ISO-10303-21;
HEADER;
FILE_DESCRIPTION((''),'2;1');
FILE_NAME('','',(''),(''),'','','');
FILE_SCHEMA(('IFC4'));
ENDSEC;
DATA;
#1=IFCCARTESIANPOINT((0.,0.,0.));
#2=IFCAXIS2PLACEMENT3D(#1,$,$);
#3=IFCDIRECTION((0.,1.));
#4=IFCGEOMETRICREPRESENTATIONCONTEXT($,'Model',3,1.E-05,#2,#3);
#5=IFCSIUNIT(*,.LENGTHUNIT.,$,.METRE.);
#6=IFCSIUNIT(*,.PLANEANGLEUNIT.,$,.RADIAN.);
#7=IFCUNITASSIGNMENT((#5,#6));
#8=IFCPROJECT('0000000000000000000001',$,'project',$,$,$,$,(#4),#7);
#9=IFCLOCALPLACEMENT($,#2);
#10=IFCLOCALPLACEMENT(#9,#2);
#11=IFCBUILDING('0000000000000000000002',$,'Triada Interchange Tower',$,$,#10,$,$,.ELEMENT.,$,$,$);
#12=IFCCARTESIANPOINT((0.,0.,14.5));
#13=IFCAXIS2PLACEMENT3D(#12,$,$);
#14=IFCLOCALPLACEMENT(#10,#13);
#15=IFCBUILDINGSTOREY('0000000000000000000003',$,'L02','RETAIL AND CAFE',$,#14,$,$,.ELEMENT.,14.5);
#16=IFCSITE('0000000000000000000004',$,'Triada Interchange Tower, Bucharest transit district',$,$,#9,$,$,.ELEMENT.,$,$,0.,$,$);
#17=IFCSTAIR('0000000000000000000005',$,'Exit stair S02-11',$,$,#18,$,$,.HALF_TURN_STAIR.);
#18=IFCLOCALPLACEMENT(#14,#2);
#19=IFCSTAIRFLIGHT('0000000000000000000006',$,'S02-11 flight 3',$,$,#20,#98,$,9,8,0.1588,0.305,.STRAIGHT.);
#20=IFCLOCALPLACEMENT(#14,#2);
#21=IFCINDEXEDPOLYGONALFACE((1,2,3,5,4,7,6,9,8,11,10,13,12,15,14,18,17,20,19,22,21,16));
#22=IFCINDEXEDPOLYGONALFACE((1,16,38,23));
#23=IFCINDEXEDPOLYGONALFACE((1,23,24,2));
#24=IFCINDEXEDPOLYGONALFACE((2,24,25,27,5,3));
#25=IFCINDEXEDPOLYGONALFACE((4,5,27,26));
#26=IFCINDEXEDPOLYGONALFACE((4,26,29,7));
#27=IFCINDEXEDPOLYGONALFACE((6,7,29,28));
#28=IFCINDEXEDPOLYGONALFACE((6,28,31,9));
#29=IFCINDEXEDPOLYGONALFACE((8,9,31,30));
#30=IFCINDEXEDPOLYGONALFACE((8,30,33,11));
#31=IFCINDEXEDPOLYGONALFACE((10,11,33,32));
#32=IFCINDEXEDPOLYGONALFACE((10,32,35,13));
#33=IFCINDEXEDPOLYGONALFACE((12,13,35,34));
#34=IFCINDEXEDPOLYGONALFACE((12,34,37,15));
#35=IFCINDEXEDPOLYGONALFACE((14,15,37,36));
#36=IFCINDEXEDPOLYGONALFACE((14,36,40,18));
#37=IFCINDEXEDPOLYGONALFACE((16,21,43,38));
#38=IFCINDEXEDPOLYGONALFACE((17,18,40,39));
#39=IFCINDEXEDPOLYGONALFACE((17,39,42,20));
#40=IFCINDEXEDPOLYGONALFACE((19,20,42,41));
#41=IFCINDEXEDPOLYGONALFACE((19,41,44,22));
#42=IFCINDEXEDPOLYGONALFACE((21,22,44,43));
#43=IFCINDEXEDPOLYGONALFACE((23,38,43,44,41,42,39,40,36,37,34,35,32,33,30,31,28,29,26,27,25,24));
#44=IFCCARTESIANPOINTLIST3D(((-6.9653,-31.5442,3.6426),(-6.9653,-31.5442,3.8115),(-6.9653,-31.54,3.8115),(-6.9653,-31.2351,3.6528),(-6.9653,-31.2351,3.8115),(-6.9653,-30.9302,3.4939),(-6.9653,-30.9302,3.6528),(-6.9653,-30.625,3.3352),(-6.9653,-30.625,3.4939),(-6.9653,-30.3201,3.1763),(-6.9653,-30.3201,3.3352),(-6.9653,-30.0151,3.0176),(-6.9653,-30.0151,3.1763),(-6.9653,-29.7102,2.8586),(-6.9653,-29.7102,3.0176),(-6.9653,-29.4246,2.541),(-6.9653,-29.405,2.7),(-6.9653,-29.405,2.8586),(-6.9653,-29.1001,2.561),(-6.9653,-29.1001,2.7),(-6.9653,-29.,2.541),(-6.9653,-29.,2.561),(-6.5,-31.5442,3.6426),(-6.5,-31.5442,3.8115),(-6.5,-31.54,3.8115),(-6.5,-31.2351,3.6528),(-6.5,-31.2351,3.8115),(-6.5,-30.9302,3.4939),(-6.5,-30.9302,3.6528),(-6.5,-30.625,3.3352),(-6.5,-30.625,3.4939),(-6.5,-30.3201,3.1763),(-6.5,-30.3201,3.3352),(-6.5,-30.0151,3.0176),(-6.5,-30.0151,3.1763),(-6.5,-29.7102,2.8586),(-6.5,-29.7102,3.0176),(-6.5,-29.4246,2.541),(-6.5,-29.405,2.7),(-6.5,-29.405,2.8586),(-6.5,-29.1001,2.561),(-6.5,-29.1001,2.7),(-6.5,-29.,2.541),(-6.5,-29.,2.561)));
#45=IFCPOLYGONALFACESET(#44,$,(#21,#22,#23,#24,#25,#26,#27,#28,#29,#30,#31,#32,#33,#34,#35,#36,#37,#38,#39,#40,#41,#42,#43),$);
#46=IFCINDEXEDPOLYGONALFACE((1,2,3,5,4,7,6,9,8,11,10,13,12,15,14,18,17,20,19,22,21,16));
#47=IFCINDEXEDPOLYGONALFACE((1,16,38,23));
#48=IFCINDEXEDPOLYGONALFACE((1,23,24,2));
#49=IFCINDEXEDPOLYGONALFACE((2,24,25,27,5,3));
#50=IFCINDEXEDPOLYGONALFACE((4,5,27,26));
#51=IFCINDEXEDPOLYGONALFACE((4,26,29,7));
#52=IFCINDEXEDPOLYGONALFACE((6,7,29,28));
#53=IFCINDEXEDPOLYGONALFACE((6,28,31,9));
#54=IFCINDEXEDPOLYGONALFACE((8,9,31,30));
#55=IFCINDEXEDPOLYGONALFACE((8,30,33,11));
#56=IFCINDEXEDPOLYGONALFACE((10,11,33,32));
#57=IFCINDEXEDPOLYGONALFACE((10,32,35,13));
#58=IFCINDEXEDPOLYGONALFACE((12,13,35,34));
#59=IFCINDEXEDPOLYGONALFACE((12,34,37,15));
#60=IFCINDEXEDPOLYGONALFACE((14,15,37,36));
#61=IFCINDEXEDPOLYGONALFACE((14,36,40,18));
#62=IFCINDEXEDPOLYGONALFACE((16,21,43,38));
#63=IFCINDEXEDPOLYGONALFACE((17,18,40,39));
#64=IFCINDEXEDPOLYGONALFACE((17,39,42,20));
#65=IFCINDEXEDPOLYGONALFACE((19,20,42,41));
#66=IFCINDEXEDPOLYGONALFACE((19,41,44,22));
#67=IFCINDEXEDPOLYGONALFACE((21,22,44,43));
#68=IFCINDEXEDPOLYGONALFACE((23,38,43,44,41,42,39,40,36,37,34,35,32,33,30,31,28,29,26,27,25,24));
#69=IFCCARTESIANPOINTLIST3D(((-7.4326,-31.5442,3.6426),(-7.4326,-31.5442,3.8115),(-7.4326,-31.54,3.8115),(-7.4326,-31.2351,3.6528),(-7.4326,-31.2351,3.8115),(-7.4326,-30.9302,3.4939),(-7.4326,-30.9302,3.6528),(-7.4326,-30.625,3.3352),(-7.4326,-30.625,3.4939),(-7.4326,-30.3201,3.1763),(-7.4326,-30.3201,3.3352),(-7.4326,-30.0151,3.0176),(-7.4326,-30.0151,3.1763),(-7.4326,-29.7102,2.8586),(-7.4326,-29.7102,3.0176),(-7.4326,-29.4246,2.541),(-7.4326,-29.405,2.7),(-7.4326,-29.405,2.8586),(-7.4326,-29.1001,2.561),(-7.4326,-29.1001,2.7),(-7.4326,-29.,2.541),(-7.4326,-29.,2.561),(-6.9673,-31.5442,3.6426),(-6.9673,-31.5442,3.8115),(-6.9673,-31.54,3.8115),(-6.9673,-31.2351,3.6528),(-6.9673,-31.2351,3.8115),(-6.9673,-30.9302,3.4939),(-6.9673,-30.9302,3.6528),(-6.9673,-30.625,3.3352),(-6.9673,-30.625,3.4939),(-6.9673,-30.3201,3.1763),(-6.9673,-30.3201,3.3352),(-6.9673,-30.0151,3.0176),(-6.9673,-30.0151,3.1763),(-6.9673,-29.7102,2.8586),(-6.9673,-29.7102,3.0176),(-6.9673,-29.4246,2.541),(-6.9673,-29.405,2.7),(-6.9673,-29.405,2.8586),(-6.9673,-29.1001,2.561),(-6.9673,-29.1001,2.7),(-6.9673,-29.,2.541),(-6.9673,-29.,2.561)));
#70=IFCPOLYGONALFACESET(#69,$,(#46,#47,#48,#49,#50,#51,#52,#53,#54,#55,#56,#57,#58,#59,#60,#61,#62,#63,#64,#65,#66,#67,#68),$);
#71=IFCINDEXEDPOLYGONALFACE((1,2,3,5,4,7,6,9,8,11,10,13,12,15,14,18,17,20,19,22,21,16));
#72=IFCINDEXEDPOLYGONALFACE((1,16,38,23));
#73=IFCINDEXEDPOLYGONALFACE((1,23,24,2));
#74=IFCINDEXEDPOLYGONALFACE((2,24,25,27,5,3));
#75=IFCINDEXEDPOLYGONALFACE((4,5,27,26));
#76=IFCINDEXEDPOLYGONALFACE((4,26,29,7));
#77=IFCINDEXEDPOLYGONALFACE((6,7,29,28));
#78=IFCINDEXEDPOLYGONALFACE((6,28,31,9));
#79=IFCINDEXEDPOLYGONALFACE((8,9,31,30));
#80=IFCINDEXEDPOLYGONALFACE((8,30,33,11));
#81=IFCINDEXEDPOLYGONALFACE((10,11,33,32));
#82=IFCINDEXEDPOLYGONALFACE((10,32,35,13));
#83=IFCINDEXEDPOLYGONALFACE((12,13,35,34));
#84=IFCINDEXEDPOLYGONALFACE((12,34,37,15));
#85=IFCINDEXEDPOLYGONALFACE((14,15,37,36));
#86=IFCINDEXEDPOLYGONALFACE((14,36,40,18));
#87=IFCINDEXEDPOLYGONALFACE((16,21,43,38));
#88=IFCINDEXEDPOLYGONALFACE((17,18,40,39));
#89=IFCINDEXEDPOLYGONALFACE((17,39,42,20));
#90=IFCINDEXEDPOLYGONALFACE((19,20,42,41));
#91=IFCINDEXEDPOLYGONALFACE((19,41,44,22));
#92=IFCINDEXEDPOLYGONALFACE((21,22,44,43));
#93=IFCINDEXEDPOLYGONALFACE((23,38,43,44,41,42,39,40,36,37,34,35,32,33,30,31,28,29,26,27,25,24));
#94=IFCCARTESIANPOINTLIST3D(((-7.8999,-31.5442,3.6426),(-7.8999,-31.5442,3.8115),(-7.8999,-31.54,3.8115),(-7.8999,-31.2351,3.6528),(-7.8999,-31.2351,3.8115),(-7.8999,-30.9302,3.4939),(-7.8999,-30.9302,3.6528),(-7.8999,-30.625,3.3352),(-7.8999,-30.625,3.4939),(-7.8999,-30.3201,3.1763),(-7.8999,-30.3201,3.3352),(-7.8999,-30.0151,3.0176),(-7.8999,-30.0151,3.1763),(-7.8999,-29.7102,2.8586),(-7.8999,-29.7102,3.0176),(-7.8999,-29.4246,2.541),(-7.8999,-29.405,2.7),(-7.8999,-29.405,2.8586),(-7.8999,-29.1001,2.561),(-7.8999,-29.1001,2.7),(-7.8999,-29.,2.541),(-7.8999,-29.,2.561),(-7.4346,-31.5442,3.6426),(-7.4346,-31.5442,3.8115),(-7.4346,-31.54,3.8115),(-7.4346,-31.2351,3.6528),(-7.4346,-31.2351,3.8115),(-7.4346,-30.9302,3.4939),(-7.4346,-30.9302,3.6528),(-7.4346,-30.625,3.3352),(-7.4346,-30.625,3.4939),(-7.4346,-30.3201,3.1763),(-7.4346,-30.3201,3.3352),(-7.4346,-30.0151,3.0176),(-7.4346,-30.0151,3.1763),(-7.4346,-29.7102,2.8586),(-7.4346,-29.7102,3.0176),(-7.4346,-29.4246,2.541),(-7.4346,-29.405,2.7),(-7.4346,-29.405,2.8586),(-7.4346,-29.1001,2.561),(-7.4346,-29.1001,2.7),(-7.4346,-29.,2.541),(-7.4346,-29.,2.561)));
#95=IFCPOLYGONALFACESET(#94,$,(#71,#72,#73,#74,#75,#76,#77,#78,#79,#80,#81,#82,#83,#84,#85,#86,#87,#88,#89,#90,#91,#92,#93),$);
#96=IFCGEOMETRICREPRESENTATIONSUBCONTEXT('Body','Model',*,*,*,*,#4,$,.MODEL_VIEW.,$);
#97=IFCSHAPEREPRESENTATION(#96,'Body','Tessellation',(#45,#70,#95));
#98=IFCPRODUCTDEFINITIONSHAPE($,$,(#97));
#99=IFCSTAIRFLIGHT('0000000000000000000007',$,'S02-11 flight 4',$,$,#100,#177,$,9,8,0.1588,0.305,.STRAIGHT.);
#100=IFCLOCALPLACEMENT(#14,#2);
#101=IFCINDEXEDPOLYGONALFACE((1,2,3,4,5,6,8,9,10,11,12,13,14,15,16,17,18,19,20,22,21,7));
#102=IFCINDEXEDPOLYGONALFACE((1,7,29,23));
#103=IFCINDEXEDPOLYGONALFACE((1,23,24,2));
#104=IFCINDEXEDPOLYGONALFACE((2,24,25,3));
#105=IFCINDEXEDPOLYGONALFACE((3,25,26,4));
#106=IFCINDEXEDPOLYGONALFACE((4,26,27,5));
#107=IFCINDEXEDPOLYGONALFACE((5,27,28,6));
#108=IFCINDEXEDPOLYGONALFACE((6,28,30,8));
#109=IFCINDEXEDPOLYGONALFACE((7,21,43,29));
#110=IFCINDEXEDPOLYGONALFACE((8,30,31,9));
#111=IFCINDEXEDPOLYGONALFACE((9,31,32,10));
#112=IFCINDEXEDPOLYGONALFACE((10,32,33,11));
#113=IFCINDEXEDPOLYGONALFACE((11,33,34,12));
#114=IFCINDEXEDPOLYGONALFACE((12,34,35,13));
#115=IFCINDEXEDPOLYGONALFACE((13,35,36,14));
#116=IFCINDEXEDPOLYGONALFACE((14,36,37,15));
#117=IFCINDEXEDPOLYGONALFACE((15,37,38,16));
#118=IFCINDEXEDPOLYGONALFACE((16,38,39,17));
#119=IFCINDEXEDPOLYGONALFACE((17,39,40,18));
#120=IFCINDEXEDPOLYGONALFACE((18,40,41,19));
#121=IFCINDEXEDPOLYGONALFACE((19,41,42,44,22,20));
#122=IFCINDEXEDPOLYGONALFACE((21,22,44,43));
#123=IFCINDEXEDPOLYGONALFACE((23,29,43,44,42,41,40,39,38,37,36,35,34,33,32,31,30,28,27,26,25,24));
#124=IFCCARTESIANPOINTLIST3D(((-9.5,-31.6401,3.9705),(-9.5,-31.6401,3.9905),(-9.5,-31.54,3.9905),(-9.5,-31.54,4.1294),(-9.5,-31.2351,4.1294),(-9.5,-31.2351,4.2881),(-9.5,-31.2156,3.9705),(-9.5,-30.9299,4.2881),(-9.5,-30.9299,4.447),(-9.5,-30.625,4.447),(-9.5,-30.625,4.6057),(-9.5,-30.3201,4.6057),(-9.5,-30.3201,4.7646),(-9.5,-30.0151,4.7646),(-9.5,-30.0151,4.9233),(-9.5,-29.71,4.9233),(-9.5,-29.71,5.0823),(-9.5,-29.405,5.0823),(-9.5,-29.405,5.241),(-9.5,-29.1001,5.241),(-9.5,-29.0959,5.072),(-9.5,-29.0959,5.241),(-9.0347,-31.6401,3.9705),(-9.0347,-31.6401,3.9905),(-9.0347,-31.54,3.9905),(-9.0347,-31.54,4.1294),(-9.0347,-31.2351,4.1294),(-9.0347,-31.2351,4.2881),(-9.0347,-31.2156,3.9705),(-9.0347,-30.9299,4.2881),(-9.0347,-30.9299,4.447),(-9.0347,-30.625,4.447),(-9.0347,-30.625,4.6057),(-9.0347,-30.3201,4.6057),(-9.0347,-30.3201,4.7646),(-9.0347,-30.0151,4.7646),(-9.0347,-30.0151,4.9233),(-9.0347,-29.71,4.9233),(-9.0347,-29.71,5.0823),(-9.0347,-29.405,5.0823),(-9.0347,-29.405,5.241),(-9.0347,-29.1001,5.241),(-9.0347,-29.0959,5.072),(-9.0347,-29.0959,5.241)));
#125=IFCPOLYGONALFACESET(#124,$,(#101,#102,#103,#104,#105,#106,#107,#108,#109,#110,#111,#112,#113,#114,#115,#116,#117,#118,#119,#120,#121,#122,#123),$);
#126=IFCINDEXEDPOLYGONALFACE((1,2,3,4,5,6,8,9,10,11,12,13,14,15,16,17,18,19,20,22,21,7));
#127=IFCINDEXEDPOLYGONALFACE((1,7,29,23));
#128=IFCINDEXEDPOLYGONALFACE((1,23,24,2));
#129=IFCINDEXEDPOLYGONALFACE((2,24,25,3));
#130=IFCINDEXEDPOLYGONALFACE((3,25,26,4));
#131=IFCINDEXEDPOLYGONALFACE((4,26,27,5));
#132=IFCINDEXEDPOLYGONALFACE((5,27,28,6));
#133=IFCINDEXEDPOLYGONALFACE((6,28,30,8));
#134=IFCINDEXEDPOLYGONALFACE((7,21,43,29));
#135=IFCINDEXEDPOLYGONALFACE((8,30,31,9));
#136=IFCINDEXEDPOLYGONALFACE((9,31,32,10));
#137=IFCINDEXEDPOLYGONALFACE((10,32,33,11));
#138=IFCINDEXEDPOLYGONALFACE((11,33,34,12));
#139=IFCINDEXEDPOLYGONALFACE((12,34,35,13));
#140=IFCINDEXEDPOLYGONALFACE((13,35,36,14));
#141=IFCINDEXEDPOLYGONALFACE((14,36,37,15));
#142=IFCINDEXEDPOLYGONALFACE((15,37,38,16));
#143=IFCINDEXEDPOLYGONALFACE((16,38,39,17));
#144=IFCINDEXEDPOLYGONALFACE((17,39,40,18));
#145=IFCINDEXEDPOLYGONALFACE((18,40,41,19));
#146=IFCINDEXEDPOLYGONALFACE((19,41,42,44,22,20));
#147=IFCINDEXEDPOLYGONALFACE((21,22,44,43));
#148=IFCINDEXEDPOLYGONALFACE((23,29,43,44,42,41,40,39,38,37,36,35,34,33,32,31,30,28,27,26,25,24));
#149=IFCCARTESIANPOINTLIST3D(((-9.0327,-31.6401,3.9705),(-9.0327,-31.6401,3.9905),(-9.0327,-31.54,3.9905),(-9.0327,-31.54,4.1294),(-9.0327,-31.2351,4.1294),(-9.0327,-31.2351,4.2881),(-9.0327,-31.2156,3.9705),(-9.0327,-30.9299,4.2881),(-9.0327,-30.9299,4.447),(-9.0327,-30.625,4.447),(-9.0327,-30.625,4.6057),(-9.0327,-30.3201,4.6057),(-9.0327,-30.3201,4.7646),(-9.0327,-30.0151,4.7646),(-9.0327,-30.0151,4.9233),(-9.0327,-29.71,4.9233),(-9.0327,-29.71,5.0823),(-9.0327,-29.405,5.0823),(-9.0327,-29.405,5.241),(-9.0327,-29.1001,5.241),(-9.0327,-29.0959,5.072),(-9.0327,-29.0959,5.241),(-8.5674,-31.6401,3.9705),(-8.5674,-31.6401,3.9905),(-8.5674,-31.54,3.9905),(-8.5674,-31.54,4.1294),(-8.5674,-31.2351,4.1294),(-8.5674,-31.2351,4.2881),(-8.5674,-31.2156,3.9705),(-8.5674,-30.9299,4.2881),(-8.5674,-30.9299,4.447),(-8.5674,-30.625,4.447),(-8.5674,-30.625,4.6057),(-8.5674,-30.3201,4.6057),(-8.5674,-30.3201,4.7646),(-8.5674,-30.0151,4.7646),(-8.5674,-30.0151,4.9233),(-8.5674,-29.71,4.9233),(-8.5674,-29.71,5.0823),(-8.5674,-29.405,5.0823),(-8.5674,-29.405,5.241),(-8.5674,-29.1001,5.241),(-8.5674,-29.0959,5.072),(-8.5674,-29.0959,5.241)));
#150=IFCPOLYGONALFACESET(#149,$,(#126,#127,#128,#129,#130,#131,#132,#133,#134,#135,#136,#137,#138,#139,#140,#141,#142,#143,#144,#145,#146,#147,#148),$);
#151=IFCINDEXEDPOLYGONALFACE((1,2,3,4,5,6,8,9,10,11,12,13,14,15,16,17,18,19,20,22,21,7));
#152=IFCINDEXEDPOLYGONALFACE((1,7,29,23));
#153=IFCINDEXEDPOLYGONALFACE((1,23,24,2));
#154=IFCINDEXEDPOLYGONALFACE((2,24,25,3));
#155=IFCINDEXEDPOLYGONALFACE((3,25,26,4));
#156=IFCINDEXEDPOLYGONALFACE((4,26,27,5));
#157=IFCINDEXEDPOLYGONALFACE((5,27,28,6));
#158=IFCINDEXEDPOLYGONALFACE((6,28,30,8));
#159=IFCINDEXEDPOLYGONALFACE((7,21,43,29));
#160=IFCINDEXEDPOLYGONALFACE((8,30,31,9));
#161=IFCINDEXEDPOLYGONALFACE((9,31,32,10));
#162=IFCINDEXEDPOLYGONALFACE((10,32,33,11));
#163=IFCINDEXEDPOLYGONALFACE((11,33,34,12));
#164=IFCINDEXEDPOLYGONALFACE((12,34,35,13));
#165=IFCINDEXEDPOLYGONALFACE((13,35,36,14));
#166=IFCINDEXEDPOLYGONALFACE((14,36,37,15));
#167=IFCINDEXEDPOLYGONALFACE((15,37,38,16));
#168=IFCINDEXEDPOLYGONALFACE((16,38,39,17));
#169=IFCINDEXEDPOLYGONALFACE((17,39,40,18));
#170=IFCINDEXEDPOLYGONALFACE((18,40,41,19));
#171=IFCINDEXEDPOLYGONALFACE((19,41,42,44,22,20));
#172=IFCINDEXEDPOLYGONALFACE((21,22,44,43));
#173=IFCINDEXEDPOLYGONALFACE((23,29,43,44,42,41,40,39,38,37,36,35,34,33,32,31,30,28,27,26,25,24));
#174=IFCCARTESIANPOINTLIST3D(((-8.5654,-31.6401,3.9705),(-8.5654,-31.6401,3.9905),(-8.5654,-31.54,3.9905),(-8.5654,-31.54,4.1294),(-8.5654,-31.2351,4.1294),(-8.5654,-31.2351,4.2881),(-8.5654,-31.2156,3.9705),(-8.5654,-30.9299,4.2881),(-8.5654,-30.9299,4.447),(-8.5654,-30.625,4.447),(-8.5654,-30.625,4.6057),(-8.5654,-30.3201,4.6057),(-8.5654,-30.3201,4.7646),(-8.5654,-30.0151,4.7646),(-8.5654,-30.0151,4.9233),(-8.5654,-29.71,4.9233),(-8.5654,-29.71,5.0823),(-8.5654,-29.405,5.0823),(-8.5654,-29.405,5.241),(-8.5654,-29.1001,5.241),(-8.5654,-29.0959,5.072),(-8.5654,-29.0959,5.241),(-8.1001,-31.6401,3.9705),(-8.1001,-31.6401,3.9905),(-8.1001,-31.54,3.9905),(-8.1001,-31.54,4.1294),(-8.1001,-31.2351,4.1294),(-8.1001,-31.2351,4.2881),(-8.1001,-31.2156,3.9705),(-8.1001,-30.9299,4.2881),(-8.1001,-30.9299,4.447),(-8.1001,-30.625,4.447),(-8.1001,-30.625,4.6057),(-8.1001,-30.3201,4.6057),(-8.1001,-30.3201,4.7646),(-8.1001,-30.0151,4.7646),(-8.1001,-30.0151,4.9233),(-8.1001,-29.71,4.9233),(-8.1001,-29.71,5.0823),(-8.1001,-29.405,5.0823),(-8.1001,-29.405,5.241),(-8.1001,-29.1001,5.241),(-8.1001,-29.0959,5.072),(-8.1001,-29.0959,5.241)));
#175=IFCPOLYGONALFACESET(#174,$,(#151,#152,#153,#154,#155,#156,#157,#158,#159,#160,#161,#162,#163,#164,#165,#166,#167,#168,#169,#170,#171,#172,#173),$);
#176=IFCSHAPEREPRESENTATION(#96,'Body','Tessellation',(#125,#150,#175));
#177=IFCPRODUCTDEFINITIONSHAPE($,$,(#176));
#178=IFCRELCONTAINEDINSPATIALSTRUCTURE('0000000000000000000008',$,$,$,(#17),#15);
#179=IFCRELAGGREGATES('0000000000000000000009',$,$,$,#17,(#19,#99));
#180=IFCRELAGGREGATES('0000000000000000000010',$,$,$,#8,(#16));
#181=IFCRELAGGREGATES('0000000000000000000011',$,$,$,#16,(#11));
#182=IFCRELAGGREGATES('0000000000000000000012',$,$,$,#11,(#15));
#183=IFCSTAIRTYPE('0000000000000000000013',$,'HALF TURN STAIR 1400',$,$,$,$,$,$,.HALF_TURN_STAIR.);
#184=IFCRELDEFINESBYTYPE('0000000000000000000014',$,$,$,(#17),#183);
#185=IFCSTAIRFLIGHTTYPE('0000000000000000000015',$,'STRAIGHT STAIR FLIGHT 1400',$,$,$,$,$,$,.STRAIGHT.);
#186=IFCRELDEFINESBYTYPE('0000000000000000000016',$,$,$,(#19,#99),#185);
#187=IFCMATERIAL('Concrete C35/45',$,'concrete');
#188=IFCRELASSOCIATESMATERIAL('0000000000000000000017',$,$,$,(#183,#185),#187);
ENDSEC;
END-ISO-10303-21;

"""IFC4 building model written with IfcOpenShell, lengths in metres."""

from ifc_helpers import new_model, si_unit, direction, frame, origin, place, context, subcontext, project, spatial, polyline, outline, extrude, material, type_object, element, aggregate, save


model = new_model("IFC4")

# Units and contexts
model_context = context("Model", 3, precision=1e-05, world=origin(), true_north=direction((0.0, 1.0)))
body_context = subcontext(model_context, "Body", "Model", "MODEL_VIEW")
ifc_project = project(units=[si_unit("LENGTHUNIT", "METRE"), si_unit("PLANEANGLEUNIT", "RADIAN")], contexts=[model_context])

# Site, building, storey
site_placement = place(None, origin())
site = spatial("IfcSite", under=ifc_project, at=site_placement, Name="Triada Interchange Tower, Bucharest transit district", CompositionType="ELEMENT", RefElevation=0.0)
building_placement = place(site_placement, origin())
building = spatial("IfcBuilding", under=site, at=building_placement, Name="Triada Interchange Tower", CompositionType="ELEMENT")
storey_placement = place(building_placement, frame((0.0, 0.0, 14.5)))
storey = spatial("IfcBuildingStorey", under=building, at=storey_placement, Name="L02", Description="RETAIL AND CAFE", CompositionType="ELEMENT", Elevation=14.5)

# Shared definitions
ifc_material_1 = material(Name="Concrete C35/45", Category="concrete")

# Stair, stair flights
stair_type = type_object("IfcStairType", Name="HALF TURN STAIR 1400", PredefinedType="HALF_TURN_STAIR", material=ifc_material_1)
stair_placement = place(storey_placement, origin())
stair = element("IfcStair", 1, at=stair_placement, inside=storey, type_object=stair_type, Name="Exit stair S02-11", PredefinedType="HALF_TURN_STAIR")
stair_flight_type = type_object("IfcStairFlightType", Name="STRAIGHT STAIR FLIGHT 1400", PredefinedType="STRAIGHT", material=ifc_material_1)
stair_flight_1_placement = place(storey_placement, frame((-7.2, -29.1001, 2.541), z_axis=(0.0, 0.0, 1.0), x_axis=(0.0, -1.0, 0.0)))
stair_flight_1 = element("IfcStairFlight", 2, at=stair_flight_1_placement, type_object=stair_flight_type, Name="S02-11 flight 3", NumberOfRisers=9, NumberOfTreads=8, PredefinedType="STRAIGHT", RiserHeight=0.1588, TreadLength=0.305, context=body_context, shape_type="SweptSolid", body=[
    extrude(outline(polyline([(-0.1001, 0.0), (-0.1001, 0.02), (0.0, 0.02), (0.0, 0.1589), (0.3049, 0.1589), (0.3049, 0.3176), (0.6101, 0.3176), (0.6101, 0.4766), (0.915, 0.4766), (0.915, 0.6353), (1.22, 0.6353), (1.22, 0.7942), (1.5249, 0.7942), (1.5249, 0.9529), (1.8301, 0.9529), (1.8301, 1.1118), (2.135, 1.1118), (2.135, 1.2705), (2.4399, 1.2705), (2.4441, 1.2705), (2.4441, 1.4294), (2.4441, 1.1016), (0.3245, 0.0), (-0.1001, 0.0)])), frame((0.0, 0.7, 0.0), z_axis=(0.0, -1.0, 0.0), x_axis=(1.0, 0.0, 0.0)), (0.0, 0.0, 1.0), 0.4653),
    extrude(outline(polyline([(-0.1001, 0.0), (-0.1001, 0.02), (0.0, 0.02), (0.0, 0.1589), (0.3049, 0.1589), (0.3049, 0.3176), (0.6101, 0.3176), (0.6101, 0.4766), (0.915, 0.4766), (0.915, 0.6353), (1.22, 0.6353), (1.22, 0.7942), (1.5249, 0.7942), (1.5249, 0.9529), (1.8301, 0.9529), (1.8301, 1.1118), (2.135, 1.1118), (2.135, 1.2705), (2.4399, 1.2705), (2.4441, 1.2705), (2.4441, 1.4294), (2.4441, 1.1016), (0.3245, 0.0), (-0.1001, 0.0)])), frame((0.0, 0.2327, 0.0), z_axis=(0.0, -1.0, 0.0), x_axis=(1.0, 0.0, 0.0)), (0.0, 0.0, 1.0), 0.4653),
    extrude(outline(polyline([(-0.1001, 0.0), (-0.1001, 0.02), (0.0, 0.02), (0.0, 0.1589), (0.3049, 0.1589), (0.3049, 0.3176), (0.6101, 0.3176), (0.6101, 0.4766), (0.915, 0.4766), (0.915, 0.6353), (1.22, 0.6353), (1.22, 0.7942), (1.5249, 0.7942), (1.5249, 0.9529), (1.8301, 0.9529), (1.8301, 1.1118), (2.135, 1.1118), (2.135, 1.2705), (2.4399, 1.2705), (2.4441, 1.2705), (2.4441, 1.4294), (2.4441, 1.1016), (0.3245, 0.0), (-0.1001, 0.0)])), frame((0.0, -0.2346, 0.0), z_axis=(0.0, -1.0, 0.0), x_axis=(1.0, 0.0, 0.0)), (0.0, 0.0, 1.0), 0.4653),
])
stair_flight_2_placement = place(storey_placement, frame((-8.8, -31.54, 3.9705), z_axis=(0.0, 0.0, 1.0), x_axis=(0.0, 1.0, 0.0)))
stair_flight_2 = element("IfcStairFlight", 3, at=stair_flight_2_placement, type_object=stair_flight_type, Name="S02-11 flight 4", NumberOfRisers=9, NumberOfTreads=8, PredefinedType="STRAIGHT", RiserHeight=0.1588, TreadLength=0.305, context=body_context, shape_type="SweptSolid", body=[
    extrude(outline(polyline([(-0.1001, 0.0), (-0.1001, 0.02), (0.0, 0.02), (0.0, 0.1589), (0.3049, 0.1589), (0.3049, 0.3176), (0.6101, 0.3176), (0.6101, 0.4766), (0.915, 0.4766), (0.915, 0.6353), (1.22, 0.6353), (1.22, 0.7942), (1.5249, 0.7942), (1.5249, 0.9529), (1.8301, 0.9529), (1.8301, 1.1118), (2.135, 1.1118), (2.135, 1.2705), (2.4399, 1.2705), (2.4441, 1.2705), (2.4441, 1.4294), (2.4441, 1.1016), (0.3245, 0.0), (-0.1001, 0.0)])), frame((0.0, 0.7, 0.0), z_axis=(0.0, -1.0, 0.0), x_axis=(1.0, 0.0, 0.0)), (0.0, 0.0, 1.0), 0.4653),
    extrude(outline(polyline([(-0.1001, 0.0), (-0.1001, 0.02), (0.0, 0.02), (0.0, 0.1589), (0.3049, 0.1589), (0.3049, 0.3176), (0.6101, 0.3176), (0.6101, 0.4766), (0.915, 0.4766), (0.915, 0.6353), (1.22, 0.6353), (1.22, 0.7942), (1.5249, 0.7942), (1.5249, 0.9529), (1.8301, 0.9529), (1.8301, 1.1118), (2.135, 1.1118), (2.135, 1.2705), (2.4399, 1.2705), (2.4441, 1.2705), (2.4441, 1.4294), (2.4441, 1.1016), (0.3245, 0.0), (-0.1001, 0.0)])), frame((0.0, 0.2327, 0.0), z_axis=(0.0, -1.0, 0.0), x_axis=(1.0, 0.0, 0.0)), (0.0, 0.0, 1.0), 0.4653),
    extrude(outline(polyline([(-0.1001, 0.0), (-0.1001, 0.02), (0.0, 0.02), (0.0, 0.1589), (0.3049, 0.1589), (0.3049, 0.3176), (0.6101, 0.3176), (0.6101, 0.4766), (0.915, 0.4766), (0.915, 0.6353), (1.22, 0.6353), (1.22, 0.7942), (1.5249, 0.7942), (1.5249, 0.9529), (1.8301, 0.9529), (1.8301, 1.1118), (2.135, 1.1118), (2.135, 1.2705), (2.4399, 1.2705), (2.4441, 1.2705), (2.4441, 1.4294), (2.4441, 1.1016), (0.3245, 0.0), (-0.1001, 0.0)])), frame((0.0, -0.2346, 0.0), z_axis=(0.0, -1.0, 0.0), x_axis=(1.0, 0.0, 0.0)), (0.0, 0.0, 1.0), 0.4653),
])

aggregate(stair, [stair_flight_1, stair_flight_2])

save(model, "model.ifc")
